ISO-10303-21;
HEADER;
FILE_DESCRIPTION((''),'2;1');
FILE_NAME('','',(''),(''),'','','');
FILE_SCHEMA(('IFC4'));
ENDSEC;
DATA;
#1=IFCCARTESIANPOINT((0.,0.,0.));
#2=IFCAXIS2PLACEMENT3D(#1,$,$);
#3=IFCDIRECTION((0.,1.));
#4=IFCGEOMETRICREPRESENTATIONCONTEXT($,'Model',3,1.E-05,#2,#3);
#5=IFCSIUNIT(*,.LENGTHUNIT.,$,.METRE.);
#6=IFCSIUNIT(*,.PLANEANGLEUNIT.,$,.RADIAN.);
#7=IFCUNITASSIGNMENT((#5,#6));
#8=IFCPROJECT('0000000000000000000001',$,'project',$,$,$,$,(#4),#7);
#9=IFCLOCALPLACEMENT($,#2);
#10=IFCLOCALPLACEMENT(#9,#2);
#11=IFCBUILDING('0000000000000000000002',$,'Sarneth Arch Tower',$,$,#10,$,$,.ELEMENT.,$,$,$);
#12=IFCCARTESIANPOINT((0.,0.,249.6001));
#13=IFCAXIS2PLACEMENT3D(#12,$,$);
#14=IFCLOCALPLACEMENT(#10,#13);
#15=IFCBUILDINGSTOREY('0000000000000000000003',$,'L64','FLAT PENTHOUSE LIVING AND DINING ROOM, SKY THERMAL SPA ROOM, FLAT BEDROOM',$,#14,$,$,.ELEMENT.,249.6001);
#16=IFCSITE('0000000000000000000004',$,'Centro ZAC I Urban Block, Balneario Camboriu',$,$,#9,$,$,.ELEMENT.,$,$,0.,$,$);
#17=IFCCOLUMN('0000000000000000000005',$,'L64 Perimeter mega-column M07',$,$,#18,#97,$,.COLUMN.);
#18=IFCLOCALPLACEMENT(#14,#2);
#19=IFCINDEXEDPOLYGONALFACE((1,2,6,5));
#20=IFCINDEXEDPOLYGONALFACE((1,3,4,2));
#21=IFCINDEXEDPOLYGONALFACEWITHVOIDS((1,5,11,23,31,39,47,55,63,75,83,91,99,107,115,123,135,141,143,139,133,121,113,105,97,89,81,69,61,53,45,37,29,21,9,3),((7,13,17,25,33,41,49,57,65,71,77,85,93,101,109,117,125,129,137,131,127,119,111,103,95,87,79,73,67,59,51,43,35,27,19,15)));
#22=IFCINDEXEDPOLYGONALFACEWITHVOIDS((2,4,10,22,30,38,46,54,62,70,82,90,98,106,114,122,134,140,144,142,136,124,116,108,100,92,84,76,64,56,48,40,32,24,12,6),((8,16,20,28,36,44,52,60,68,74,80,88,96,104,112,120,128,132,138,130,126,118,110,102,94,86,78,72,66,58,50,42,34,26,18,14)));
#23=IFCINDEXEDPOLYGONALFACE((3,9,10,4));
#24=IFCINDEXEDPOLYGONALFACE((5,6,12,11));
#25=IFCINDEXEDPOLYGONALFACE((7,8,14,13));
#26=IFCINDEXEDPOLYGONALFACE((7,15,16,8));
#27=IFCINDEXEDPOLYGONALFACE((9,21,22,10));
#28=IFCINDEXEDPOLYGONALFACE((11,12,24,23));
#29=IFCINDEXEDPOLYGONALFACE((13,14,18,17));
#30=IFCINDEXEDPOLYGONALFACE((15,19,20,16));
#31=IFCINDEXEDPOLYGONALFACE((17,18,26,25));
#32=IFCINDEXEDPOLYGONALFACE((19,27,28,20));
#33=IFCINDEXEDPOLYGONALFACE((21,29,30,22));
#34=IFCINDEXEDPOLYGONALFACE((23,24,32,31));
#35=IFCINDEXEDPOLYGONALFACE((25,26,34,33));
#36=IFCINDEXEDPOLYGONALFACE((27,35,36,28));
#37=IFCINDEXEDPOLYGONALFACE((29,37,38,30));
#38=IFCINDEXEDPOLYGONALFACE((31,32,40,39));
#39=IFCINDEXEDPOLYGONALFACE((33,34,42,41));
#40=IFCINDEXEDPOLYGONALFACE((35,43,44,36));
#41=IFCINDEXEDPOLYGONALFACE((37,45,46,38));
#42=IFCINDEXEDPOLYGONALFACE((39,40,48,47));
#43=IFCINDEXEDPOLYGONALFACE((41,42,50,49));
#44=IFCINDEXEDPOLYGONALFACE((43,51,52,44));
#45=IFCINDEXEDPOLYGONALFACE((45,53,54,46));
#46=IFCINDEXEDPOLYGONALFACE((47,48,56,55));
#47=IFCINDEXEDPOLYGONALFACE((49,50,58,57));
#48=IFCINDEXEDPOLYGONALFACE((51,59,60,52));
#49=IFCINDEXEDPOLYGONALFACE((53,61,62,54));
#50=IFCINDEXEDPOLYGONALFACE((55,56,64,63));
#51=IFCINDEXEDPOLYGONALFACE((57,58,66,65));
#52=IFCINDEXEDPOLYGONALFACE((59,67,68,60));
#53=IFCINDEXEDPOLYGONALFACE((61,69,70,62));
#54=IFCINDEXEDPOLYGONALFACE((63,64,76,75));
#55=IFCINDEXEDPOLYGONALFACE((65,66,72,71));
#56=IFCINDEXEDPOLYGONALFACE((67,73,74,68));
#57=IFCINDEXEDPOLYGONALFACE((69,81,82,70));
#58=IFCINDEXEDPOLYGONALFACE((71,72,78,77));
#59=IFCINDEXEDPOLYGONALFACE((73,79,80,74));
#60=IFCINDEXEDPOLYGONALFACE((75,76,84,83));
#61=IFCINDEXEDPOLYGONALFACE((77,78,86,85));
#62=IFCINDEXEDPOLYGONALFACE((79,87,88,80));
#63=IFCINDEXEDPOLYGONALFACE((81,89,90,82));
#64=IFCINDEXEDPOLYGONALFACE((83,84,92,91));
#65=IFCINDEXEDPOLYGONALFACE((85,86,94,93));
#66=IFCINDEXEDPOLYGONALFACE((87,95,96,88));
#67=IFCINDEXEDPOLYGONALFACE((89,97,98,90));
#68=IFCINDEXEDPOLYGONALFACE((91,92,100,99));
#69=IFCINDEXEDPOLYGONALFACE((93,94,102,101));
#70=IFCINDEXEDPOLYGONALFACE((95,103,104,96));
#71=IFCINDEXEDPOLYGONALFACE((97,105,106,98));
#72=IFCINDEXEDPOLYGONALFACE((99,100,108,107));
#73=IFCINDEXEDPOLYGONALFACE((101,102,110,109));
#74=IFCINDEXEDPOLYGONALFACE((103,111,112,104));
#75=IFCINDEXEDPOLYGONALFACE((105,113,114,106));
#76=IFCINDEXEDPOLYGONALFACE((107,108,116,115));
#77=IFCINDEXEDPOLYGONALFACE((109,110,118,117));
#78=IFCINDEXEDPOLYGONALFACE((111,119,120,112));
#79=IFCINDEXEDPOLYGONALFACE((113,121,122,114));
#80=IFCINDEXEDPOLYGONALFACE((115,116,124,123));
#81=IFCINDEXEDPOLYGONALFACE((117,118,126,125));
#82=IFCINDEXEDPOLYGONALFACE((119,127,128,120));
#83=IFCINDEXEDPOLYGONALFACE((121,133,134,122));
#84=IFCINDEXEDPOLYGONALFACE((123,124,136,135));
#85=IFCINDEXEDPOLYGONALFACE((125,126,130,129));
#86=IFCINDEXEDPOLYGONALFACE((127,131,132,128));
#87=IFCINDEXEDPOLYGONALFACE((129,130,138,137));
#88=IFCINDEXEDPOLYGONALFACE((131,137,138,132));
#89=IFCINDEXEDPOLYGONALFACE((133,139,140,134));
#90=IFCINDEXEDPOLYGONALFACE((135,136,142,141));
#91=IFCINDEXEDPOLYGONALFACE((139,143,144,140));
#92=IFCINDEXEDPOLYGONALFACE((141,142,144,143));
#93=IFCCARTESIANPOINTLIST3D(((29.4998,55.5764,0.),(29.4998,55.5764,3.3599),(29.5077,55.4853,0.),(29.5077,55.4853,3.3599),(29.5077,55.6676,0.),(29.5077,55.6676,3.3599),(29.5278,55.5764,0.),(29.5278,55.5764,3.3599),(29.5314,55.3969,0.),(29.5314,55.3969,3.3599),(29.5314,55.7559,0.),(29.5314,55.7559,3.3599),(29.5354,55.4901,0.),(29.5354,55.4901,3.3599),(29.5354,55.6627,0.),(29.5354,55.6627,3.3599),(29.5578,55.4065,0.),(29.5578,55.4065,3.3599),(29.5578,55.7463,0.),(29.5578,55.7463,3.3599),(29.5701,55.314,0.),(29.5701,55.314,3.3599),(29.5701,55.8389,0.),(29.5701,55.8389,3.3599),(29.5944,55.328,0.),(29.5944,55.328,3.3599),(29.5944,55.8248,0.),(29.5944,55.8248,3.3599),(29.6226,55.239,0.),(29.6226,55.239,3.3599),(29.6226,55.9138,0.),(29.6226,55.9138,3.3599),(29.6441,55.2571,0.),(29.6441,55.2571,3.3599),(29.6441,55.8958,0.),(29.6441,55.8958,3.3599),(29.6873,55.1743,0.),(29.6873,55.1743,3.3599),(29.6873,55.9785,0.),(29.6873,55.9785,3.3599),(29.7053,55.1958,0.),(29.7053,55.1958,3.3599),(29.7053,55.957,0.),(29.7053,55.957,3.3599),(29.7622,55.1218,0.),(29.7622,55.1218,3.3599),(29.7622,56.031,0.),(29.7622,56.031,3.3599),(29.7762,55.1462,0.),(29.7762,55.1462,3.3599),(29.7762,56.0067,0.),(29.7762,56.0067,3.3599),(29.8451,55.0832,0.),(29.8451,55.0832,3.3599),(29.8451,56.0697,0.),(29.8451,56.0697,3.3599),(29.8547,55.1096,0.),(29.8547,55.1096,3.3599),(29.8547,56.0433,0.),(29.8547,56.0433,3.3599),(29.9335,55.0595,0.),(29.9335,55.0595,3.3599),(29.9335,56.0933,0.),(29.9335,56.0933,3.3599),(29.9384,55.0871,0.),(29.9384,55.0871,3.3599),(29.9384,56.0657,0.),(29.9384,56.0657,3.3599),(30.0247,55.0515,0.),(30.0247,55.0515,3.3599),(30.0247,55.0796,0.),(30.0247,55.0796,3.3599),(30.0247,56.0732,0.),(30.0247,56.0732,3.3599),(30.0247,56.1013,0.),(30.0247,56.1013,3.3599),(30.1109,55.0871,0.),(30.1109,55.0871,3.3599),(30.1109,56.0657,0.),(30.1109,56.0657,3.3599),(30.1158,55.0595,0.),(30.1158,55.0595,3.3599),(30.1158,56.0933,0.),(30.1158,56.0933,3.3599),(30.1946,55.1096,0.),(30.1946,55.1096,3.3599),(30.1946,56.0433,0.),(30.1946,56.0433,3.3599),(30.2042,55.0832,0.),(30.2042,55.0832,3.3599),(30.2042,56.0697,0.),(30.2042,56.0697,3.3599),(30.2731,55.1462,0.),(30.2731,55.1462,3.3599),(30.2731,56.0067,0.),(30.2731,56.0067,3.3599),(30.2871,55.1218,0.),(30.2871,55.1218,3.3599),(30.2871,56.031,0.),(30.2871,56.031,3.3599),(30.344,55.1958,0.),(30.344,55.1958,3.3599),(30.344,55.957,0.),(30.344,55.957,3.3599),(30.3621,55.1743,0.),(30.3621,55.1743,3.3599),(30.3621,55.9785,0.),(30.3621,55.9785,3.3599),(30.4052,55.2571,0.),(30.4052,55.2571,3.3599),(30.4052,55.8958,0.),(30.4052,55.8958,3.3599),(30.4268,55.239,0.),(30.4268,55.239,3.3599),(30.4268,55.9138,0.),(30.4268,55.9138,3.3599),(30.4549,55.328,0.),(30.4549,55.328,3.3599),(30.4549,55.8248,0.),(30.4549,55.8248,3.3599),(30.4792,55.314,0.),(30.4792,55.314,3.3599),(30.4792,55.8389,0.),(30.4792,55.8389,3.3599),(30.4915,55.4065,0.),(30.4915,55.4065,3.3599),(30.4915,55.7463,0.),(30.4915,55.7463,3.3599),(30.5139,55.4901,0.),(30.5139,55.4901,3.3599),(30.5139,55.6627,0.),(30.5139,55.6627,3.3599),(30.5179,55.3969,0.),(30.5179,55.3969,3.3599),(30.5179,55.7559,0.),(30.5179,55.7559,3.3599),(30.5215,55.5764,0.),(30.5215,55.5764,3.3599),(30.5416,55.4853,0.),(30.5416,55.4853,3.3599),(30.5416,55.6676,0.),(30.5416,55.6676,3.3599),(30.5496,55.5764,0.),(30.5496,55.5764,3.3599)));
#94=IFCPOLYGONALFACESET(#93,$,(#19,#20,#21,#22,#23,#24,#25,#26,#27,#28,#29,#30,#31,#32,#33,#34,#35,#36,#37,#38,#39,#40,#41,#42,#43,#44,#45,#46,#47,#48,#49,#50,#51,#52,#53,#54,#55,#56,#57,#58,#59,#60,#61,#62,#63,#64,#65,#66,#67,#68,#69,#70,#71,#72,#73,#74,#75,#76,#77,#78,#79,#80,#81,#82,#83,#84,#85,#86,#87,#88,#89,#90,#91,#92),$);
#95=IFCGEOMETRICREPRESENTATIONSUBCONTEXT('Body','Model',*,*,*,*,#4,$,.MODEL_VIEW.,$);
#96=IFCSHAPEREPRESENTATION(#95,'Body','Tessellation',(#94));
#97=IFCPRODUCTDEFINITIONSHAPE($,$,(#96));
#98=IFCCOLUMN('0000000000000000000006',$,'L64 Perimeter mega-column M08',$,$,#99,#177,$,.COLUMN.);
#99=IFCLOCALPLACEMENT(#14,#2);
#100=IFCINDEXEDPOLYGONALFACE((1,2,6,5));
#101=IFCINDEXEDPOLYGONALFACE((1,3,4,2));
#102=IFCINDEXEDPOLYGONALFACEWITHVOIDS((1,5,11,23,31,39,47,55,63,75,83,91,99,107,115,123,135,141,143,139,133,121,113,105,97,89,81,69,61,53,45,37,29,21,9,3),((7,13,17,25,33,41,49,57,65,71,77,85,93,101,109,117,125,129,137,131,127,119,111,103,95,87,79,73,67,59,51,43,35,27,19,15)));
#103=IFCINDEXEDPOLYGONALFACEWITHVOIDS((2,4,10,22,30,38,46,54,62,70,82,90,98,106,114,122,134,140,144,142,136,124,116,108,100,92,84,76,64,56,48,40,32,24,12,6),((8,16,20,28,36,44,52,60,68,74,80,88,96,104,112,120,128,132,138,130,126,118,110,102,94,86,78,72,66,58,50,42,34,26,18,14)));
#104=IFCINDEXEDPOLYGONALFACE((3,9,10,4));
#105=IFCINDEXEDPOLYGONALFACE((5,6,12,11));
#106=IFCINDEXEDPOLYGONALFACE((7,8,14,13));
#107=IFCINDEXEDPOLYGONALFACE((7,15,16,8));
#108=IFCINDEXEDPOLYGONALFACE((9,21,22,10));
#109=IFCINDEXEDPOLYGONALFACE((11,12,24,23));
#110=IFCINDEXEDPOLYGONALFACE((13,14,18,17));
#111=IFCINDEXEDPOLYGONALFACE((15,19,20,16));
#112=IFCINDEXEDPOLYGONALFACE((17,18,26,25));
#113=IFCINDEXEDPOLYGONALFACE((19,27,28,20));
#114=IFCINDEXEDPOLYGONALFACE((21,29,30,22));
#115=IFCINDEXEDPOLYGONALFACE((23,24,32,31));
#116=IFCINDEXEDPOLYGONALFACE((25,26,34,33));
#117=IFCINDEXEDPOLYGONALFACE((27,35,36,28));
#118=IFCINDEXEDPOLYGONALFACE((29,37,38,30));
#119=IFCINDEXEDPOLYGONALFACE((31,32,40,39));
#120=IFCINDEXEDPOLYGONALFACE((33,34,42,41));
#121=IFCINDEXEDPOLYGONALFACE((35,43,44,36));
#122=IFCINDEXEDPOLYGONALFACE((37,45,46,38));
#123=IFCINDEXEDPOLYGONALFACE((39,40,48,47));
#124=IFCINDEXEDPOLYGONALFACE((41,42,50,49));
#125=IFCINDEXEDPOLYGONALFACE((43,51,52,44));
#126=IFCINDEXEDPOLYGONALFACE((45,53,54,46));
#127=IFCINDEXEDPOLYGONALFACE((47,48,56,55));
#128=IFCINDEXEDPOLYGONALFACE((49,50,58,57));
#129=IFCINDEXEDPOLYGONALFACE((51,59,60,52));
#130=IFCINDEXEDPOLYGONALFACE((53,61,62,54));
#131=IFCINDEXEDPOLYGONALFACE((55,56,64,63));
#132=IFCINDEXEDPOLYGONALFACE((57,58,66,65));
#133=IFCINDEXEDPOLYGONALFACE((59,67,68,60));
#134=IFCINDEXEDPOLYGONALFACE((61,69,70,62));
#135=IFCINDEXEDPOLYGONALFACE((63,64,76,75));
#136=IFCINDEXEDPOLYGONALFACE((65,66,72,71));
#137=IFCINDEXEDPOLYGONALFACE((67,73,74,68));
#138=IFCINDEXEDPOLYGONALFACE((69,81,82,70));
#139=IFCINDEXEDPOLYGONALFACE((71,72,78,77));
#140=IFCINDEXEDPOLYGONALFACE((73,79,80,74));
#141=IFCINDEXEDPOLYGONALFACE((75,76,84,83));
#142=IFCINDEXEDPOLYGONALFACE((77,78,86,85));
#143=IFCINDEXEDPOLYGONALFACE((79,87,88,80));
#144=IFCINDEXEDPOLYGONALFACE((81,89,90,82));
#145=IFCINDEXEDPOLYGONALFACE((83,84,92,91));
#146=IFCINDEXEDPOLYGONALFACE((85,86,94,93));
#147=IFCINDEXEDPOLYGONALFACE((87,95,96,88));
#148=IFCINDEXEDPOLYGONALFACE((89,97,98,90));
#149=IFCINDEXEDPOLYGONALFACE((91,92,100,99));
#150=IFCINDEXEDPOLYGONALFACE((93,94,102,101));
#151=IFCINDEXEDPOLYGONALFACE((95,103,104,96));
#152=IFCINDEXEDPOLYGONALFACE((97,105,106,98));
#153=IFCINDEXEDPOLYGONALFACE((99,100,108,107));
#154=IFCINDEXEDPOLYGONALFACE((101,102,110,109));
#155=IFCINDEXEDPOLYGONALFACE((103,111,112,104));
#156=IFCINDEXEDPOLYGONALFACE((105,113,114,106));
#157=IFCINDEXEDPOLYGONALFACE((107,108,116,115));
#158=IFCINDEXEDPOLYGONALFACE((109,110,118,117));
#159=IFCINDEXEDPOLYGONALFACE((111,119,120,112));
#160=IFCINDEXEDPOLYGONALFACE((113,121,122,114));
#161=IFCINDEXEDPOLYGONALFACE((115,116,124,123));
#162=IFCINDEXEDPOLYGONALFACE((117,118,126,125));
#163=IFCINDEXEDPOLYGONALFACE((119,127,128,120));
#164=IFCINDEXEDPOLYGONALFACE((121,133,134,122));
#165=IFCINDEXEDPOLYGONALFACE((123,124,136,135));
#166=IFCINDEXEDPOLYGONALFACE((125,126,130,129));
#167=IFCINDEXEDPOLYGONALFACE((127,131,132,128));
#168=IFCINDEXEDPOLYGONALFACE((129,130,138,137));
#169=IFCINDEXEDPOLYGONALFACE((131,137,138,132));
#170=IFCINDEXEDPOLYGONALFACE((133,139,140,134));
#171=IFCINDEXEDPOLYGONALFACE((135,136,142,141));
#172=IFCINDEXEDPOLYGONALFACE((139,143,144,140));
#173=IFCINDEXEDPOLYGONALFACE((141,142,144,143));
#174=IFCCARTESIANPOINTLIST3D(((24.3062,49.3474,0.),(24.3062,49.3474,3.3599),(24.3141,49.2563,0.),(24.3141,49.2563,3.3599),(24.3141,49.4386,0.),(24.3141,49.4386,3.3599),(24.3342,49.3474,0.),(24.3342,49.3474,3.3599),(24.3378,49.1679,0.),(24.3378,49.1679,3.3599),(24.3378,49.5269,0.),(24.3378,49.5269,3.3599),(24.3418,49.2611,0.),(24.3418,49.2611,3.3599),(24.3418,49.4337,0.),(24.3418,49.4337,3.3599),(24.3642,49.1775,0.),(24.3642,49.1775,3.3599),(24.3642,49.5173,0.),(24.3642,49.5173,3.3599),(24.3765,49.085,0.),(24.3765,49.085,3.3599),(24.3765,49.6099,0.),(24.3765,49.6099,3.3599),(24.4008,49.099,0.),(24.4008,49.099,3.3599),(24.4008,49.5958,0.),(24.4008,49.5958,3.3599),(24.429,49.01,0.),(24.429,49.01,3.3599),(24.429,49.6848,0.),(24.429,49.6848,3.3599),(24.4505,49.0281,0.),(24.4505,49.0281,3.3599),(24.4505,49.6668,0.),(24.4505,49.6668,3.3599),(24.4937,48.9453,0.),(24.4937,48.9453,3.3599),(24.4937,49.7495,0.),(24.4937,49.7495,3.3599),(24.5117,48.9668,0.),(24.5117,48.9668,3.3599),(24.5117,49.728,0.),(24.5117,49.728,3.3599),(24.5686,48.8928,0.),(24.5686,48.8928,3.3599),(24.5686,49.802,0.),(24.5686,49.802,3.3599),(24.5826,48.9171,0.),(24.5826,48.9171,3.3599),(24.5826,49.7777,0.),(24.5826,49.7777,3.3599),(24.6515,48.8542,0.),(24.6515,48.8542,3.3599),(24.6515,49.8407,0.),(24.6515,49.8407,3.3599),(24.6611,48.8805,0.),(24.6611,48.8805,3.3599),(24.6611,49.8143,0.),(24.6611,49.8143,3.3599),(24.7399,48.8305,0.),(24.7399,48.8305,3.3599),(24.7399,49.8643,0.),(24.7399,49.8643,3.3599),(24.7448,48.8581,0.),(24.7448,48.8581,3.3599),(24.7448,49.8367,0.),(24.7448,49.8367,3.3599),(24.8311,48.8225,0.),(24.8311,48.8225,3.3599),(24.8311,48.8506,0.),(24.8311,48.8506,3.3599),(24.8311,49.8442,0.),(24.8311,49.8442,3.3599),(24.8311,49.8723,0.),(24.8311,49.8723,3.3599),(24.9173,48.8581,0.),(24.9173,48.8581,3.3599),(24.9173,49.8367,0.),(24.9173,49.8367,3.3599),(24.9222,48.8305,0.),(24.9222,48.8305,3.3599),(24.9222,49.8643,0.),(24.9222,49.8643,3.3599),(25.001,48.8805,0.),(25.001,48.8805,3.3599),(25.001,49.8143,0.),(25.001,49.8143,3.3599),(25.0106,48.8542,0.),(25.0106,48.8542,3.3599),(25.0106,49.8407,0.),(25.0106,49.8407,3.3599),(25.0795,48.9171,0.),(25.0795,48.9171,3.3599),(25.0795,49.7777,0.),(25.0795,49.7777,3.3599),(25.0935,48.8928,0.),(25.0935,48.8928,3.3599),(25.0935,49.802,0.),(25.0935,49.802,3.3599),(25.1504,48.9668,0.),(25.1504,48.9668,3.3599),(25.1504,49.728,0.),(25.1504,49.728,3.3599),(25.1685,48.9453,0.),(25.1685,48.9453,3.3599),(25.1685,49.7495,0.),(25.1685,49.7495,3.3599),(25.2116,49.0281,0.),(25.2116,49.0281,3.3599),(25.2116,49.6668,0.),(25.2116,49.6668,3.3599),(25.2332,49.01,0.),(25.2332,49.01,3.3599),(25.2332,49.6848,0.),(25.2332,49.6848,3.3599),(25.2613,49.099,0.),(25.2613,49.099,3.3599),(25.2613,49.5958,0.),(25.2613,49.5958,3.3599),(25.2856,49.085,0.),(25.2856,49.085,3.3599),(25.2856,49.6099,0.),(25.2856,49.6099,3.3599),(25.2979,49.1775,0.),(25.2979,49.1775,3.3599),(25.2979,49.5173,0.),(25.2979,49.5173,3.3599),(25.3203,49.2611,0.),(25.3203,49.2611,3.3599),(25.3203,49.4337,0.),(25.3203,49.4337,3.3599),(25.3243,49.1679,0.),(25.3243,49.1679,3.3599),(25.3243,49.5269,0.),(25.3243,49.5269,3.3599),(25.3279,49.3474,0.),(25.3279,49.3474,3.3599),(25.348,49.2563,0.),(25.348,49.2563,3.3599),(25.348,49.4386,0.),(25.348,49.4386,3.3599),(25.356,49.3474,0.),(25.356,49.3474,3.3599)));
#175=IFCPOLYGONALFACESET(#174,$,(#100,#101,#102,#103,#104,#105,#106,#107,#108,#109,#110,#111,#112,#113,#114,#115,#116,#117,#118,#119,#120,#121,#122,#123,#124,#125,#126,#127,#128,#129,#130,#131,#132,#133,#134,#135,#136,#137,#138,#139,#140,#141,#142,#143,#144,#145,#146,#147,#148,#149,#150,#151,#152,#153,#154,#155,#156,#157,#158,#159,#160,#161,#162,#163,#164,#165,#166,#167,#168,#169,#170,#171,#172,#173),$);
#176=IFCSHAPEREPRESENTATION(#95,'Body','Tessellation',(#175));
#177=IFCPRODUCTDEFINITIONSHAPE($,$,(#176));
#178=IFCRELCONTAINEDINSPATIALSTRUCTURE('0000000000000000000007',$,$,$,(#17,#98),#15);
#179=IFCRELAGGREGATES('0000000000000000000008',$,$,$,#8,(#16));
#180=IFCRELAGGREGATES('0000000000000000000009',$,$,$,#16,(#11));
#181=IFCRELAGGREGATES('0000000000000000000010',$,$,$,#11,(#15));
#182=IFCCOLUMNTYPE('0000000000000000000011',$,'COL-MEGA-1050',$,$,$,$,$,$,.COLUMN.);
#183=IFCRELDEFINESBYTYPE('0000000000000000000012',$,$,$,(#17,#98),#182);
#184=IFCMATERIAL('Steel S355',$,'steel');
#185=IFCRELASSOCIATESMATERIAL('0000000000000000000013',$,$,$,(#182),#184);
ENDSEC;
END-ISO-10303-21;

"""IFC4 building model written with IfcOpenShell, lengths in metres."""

from ifc_helpers import new_model, si_unit, direction, frame, origin, origin_2d, place, context, subcontext, project, spatial, hollow_circle, extrude, material, material_profile, profile_set, type_object, element, save


model = new_model("IFC4")

# Units and contexts
model_context = context("Model", 3, precision=1e-05, world=origin(), true_north=direction((0.0, 1.0)))
body_context = subcontext(model_context, "Body", "Model", "MODEL_VIEW")
ifc_project = project(units=[si_unit("LENGTHUNIT", "METRE"), si_unit("PLANEANGLEUNIT", "RADIAN")], contexts=[model_context])

# Site, building, storey
site_placement = place(None, origin())
site = spatial("IfcSite", under=ifc_project, at=site_placement, Name="Centro ZAC I Urban Block, Balneario Camboriu", CompositionType="ELEMENT", RefElevation=0.0)
building_placement = place(site_placement, origin())
building = spatial("IfcBuilding", under=site, at=building_placement, Name="Sarneth Arch Tower", CompositionType="ELEMENT")
storey_placement = place(building_placement, frame((0.0, 0.0, 249.6001)))
storey = spatial("IfcBuildingStorey", under=building, at=storey_placement, Name="L64", Description="FLAT PENTHOUSE LIVING AND DINING ROOM, SKY THERMAL SPA ROOM, FLAT BEDROOM", CompositionType="ELEMENT", Elevation=249.6001)

# Columns
ifc_material_1 = material(Name="Steel S355", Category="steel")
ifc_material_profile_1 = material_profile(ifc_material_1, hollow_circle(Radius=0.5249, WallThickness=0.0281, at=origin_2d()), Name="CHS1050x28")
ifc_profile_set_1 = profile_set([ifc_material_profile_1], Name="Steel S355")
column_type = type_object("IfcColumnType", Name="COL-MEGA-1050", PredefinedType="COLUMN", material=ifc_profile_set_1)
for number, where, z_axis, x_axis, name in (
    (1, (30.0247, 55.5764, 0.0), (0.0, 0.0, 1.0), (1.0, 0.0, 0.0), "L64 Perimeter mega-column M07"),
    (2, (24.8311, 49.3474, 0.0), (0.0, 0.0, 1.0), (1.0, 0.0, 0.0), "L64 Perimeter mega-column M08"),
):
    element("IfcColumn", number, at=place(storey_placement, frame(where, z_axis=z_axis, x_axis=x_axis)), inside=storey, type_object=column_type, Name=name, PredefinedType="COLUMN", context=body_context, shape_type="SweptSolid", body=[
        extrude(hollow_circle(Radius=0.5249, WallThickness=0.0281, at=origin_2d()), origin(), (0.0, 0.0, 1.0), 3.3599),
    ])

save(model, "model.ifc")
